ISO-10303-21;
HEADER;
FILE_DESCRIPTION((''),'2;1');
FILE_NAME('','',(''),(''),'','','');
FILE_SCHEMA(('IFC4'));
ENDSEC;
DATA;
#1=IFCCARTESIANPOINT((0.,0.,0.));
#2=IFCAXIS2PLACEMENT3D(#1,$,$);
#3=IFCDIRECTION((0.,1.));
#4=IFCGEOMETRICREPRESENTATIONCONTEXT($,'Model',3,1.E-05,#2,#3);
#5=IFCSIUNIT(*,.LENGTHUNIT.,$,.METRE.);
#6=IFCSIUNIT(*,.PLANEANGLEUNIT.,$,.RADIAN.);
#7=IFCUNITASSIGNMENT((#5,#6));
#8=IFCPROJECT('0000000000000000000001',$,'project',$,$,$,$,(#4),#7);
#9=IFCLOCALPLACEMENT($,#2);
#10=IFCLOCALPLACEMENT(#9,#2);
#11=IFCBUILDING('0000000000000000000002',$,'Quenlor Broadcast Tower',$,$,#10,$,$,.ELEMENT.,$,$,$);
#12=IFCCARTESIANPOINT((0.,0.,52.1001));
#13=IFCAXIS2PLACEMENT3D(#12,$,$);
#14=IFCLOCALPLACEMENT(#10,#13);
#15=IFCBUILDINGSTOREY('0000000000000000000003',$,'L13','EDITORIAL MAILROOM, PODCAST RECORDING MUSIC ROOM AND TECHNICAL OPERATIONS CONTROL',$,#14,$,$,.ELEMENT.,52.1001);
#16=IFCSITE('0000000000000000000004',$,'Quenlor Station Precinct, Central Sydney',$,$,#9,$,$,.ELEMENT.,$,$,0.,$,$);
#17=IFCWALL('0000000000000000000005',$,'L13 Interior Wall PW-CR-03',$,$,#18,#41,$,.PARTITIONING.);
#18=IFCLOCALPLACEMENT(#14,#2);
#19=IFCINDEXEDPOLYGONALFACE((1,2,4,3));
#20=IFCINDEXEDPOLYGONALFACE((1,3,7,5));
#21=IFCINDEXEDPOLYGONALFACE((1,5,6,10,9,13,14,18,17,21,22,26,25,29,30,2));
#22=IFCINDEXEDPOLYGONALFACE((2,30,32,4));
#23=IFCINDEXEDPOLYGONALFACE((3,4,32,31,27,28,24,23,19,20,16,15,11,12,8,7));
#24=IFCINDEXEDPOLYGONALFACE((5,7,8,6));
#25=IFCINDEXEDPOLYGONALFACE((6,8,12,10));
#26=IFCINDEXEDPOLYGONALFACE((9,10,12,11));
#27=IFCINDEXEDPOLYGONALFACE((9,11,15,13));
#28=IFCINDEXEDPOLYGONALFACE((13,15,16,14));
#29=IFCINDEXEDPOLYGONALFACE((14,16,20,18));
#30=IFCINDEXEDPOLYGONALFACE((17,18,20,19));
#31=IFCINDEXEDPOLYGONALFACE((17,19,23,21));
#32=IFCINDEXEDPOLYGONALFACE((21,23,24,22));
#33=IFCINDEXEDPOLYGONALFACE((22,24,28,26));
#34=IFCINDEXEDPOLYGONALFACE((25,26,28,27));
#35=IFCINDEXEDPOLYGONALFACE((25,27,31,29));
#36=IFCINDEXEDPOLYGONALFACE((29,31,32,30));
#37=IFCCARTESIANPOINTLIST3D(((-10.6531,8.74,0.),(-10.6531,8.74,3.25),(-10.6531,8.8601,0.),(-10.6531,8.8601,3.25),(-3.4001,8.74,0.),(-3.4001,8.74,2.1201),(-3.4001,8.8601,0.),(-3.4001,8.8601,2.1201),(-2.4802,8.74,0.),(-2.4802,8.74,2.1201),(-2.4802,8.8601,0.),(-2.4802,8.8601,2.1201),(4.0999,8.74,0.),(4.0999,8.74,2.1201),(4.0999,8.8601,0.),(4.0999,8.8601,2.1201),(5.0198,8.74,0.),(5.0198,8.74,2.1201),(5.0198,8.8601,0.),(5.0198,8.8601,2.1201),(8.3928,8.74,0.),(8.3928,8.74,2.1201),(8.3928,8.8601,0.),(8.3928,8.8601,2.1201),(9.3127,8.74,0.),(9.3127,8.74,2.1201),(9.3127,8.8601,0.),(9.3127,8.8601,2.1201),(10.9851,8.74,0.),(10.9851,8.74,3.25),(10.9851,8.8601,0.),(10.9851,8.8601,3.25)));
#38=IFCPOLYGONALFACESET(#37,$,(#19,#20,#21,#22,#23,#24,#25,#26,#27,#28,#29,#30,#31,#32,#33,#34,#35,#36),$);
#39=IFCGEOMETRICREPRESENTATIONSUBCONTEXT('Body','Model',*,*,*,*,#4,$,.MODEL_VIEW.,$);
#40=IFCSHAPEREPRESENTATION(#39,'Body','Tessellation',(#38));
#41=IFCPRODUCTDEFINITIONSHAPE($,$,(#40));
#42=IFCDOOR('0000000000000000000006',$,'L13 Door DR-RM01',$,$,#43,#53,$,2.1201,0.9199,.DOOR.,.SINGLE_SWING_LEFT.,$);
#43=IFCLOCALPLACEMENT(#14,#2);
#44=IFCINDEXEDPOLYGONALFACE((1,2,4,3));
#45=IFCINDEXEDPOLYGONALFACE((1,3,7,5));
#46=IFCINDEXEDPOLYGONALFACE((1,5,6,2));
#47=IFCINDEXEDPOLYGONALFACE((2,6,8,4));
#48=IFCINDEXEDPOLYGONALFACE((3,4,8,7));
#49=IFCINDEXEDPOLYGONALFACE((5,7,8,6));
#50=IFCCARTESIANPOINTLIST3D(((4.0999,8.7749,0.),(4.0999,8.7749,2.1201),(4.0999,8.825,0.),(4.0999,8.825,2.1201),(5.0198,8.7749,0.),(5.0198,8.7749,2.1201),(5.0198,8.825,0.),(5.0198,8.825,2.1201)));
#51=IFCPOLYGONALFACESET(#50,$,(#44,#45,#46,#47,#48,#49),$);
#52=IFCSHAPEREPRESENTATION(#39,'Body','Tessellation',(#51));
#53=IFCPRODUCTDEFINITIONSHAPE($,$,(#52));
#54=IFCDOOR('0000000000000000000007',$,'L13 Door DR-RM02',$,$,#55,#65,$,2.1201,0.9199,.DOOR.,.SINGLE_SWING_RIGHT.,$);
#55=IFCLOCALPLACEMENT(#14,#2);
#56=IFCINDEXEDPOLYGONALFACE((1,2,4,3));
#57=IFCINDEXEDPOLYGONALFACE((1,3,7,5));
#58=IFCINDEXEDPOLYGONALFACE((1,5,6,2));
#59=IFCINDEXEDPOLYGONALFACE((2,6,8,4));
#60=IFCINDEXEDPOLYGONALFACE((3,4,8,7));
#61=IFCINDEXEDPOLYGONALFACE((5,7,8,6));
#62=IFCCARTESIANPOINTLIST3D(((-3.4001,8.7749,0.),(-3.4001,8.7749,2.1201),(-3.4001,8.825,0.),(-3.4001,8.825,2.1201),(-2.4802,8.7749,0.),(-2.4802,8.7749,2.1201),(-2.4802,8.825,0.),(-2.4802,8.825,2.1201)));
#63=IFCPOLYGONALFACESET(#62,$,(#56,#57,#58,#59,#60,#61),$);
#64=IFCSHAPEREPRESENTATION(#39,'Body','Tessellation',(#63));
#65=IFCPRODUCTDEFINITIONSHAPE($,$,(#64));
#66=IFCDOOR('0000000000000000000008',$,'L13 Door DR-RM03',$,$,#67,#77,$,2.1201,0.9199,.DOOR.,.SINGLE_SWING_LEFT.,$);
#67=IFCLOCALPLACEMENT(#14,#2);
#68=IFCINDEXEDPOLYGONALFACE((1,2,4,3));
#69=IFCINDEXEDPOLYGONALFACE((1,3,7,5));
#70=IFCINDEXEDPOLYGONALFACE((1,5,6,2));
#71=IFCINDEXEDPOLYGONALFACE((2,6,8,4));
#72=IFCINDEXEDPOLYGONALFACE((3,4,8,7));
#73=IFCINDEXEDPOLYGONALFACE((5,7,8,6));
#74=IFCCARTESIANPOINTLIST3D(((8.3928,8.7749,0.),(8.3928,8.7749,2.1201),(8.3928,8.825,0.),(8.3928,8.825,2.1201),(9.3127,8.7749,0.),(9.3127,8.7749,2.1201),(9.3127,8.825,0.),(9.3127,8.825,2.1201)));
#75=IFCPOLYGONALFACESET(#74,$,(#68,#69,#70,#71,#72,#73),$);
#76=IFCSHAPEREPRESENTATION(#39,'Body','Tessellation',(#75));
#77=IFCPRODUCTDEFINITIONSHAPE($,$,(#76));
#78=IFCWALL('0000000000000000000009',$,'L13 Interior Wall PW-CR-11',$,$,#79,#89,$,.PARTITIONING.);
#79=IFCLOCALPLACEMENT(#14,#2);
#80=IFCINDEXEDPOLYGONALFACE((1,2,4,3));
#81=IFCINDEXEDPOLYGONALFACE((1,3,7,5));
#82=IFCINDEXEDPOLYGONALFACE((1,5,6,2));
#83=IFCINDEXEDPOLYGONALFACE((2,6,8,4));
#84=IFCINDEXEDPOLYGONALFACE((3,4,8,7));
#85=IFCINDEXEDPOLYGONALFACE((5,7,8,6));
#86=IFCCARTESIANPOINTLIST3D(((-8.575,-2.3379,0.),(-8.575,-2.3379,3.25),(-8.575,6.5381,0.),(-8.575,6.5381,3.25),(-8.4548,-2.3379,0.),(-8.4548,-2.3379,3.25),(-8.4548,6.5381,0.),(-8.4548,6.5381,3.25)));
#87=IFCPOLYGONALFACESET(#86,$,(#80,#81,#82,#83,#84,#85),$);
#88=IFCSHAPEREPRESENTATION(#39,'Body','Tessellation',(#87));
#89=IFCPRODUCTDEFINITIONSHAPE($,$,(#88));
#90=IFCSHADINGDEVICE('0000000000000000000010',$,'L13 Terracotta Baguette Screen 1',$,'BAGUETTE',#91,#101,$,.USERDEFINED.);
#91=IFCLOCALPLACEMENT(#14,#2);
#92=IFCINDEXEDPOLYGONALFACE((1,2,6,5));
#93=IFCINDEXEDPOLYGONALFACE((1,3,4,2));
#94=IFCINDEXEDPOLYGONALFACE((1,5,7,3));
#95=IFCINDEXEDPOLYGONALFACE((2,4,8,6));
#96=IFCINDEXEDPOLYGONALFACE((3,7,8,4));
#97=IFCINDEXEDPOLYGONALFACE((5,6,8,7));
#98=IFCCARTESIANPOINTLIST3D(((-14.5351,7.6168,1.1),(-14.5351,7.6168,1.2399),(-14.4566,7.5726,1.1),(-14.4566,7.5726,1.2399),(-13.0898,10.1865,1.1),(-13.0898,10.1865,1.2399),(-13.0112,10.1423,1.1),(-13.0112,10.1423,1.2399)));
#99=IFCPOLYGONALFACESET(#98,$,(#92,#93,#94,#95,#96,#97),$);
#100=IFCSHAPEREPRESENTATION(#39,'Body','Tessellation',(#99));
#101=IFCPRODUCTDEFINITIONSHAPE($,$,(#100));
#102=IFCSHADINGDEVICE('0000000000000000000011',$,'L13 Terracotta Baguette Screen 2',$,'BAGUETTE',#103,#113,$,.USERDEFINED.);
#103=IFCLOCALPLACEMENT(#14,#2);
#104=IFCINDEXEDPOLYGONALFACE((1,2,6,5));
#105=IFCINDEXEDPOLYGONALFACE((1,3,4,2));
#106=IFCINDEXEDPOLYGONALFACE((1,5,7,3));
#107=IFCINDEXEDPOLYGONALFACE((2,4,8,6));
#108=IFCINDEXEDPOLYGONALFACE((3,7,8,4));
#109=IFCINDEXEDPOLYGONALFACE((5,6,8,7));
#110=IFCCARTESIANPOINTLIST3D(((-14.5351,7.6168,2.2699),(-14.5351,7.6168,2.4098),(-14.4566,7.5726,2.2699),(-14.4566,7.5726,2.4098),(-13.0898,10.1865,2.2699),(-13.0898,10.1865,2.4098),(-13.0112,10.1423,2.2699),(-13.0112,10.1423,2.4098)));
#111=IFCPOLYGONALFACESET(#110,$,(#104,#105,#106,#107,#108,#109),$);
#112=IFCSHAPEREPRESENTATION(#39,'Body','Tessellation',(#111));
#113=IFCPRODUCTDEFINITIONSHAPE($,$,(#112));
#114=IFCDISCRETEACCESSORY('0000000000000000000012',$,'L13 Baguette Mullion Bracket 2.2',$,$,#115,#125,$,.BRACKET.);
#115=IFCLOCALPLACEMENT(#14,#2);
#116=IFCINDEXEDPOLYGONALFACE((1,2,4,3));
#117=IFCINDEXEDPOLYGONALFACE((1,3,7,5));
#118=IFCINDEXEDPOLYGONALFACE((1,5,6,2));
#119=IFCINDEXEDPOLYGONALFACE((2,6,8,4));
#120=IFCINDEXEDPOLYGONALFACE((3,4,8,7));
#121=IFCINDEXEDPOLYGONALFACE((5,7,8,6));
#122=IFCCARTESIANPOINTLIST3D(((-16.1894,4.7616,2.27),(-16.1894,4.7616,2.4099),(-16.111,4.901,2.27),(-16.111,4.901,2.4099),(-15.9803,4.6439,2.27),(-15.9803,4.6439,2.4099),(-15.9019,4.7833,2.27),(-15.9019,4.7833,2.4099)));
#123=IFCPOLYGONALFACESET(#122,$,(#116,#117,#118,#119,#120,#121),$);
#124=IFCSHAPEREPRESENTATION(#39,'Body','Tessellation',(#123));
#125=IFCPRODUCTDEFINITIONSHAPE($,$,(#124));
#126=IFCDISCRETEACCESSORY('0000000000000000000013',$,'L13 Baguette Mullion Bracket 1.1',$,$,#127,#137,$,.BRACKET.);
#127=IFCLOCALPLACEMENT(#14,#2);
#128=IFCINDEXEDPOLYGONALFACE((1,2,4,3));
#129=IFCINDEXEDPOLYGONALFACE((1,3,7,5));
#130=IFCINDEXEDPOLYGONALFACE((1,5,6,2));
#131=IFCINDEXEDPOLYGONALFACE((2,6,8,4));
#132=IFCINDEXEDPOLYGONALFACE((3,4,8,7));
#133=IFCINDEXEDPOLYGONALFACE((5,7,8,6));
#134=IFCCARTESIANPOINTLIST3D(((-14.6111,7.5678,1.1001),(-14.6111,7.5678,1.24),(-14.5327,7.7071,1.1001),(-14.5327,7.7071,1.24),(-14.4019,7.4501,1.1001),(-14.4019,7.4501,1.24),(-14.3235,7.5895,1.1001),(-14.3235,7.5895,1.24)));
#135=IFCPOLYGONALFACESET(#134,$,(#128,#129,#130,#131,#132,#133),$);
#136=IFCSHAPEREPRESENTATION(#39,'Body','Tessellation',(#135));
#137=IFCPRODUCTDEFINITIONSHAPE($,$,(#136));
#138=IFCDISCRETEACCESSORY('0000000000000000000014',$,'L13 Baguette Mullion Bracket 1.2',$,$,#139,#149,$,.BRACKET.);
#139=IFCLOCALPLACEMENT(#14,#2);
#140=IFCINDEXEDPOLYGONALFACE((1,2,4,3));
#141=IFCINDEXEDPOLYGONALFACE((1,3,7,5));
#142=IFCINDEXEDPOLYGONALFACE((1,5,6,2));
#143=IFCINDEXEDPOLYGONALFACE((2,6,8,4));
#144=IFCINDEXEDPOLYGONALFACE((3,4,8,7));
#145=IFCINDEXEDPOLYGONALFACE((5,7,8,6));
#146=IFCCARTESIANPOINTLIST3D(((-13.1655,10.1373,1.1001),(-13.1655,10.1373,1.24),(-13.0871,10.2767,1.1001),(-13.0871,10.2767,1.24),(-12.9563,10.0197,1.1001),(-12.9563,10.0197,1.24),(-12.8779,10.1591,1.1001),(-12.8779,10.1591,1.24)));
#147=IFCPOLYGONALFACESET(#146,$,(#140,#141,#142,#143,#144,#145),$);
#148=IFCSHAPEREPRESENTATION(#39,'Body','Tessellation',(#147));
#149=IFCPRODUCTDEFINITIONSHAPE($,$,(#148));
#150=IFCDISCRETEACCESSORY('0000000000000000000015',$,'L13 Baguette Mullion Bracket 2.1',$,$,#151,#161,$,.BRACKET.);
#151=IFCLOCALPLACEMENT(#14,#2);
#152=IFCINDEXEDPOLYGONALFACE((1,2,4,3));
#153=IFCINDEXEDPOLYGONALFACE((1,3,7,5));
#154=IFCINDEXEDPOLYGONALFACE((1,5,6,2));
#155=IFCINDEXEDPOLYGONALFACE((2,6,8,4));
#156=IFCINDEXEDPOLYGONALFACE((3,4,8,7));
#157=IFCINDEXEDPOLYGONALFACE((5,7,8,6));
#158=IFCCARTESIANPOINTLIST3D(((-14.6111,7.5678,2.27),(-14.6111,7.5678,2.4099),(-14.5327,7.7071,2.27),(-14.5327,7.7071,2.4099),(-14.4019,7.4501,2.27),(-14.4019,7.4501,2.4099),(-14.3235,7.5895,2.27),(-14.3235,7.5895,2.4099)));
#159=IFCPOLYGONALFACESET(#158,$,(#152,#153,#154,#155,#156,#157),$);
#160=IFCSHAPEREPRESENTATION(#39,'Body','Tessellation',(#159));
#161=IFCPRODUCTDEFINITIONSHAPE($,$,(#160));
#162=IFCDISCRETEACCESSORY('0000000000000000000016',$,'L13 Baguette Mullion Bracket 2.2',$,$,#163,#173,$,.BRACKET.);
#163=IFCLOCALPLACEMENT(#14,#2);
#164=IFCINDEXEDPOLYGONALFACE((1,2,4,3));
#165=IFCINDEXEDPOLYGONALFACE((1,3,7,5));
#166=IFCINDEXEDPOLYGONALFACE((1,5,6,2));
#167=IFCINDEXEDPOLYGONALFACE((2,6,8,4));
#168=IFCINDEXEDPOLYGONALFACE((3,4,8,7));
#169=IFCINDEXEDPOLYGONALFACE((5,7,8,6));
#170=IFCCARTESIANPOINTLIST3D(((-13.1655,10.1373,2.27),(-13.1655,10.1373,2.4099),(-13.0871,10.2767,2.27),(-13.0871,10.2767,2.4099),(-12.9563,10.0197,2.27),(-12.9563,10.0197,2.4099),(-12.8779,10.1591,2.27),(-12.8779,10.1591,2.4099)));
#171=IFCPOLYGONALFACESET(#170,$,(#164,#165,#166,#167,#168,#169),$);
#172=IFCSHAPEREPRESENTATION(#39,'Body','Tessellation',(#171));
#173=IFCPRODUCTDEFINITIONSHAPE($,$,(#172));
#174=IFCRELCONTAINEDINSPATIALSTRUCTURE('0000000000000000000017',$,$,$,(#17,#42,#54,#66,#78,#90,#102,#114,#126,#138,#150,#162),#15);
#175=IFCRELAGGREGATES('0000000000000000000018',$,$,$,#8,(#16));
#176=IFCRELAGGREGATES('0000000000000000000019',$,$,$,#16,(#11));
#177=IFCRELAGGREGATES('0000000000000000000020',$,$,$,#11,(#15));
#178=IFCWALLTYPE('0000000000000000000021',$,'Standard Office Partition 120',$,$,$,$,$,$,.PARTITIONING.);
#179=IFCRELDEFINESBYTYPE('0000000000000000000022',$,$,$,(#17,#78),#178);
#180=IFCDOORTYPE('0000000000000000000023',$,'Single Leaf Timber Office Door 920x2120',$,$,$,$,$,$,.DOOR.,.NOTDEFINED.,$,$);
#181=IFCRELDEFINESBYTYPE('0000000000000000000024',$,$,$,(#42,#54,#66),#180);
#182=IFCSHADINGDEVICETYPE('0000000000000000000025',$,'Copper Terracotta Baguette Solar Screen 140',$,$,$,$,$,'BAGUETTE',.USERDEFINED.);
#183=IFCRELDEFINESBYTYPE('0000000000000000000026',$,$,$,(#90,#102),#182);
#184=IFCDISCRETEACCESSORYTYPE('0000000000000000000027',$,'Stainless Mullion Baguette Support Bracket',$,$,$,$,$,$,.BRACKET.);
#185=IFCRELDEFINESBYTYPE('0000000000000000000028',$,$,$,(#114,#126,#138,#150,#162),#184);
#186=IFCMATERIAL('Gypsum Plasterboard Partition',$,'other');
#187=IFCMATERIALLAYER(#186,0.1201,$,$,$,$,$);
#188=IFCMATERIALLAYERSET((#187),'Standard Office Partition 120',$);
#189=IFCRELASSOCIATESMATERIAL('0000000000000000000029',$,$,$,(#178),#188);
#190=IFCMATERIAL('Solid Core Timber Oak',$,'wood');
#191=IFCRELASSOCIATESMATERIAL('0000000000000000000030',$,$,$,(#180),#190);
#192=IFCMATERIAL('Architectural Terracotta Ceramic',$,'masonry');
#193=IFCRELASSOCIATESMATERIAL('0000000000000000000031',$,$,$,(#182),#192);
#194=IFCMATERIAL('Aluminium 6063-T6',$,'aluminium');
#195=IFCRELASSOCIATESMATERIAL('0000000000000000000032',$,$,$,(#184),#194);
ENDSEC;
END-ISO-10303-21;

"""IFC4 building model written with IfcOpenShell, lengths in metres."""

from ifc_helpers import new_model, si_unit, direction, frame, frame_2d, origin, origin_2d, place, context, subcontext, project, spatial, rectangle, extrude, material, layer, layer_set, material_profile, profile_set, type_object, element, fill, save


model = new_model("IFC4")

# Units and contexts
model_context = context("Model", 3, precision=1e-05, world=origin(), true_north=direction((0.0, 1.0)))
body_context = subcontext(model_context, "Body", "Model", "MODEL_VIEW")
ifc_project = project(units=[si_unit("LENGTHUNIT", "METRE"), si_unit("PLANEANGLEUNIT", "RADIAN")], contexts=[model_context])

# Site, building, storey
site_placement = place(None, origin())
site = spatial("IfcSite", under=ifc_project, at=site_placement, Name="Quenlor Station Precinct, Central Sydney", CompositionType="ELEMENT", RefElevation=0.0)
building_placement = place(site_placement, origin())
building = spatial("IfcBuilding", under=site, at=building_placement, Name="Quenlor Broadcast Tower", CompositionType="ELEMENT")
storey_placement = place(building_placement, frame((0.0, 0.0, 52.1001)))
storey = spatial("IfcBuildingStorey", under=building, at=storey_placement, Name="L13", Description="EDITORIAL MAILROOM, PODCAST RECORDING MUSIC ROOM AND TECHNICAL OPERATIONS CONTROL", CompositionType="ELEMENT", Elevation=52.1001)

# Wall, openings, doors
ifc_material_1 = material(Name="Gypsum Plasterboard Partition", Category="other")
ifc_layer_1 = layer(ifc_material_1, 0.1201)
ifc_layer_set_1 = layer_set([ifc_layer_1], Name="Standard Office Partition 120")
wall_type = type_object("IfcWallType", Name="Standard Office Partition 120", PredefinedType="PARTITIONING", material=ifc_layer_set_1)
wall_1_placement = place(storey_placement, frame((-10.6531, 8.8, 0.0), z_axis=(0.0, 0.0, 1.0), x_axis=(1.0, 0.0, 0.0)))
wall_1 = element("IfcWall", 1, at=wall_1_placement, inside=storey, type_object=wall_type, Name="L13 Interior Wall PW-CR-03", PredefinedType="PARTITIONING", context=body_context, shape_type="SweptSolid", body=[
    extrude(rectangle(XDim=21.6382, YDim=0.1201, at=frame_2d((10.8191, 0.0))), origin(), (0.0, 0.0, 1.0), 3.25),
])
opening_1_placement = place(wall_1_placement, frame((14.7529, 0.0, 0.0)))
opening_1 = element("IfcOpeningElement", 2, at=opening_1_placement, cuts=wall_1, PredefinedType="OPENING", context=body_context, shape_type="SweptSolid", body=[
    extrude(rectangle(XDim=0.9199, YDim=2.1201, at=frame_2d((0.46, 1.0601))), frame((0.0, 0.0701, 0.0), z_axis=(0.0, -1.0, 0.0), x_axis=(1.0, 0.0, 0.0)), (0.0, 0.0, 1.0), 0.1401),
])
opening_2_placement = place(wall_1_placement, frame((7.2529, 0.0, 0.0)))
opening_2 = element("IfcOpeningElement", 3, at=opening_2_placement, cuts=wall_1, PredefinedType="OPENING", context=body_context, shape_type="SweptSolid", body=[
    extrude(rectangle(XDim=0.9199, YDim=2.1201, at=frame_2d((0.46, 1.0601))), frame((0.0, 0.0701, 0.0), z_axis=(0.0, -1.0, 0.0), x_axis=(1.0, 0.0, 0.0)), (0.0, 0.0, 1.0), 0.1401),
])
opening_3_placement = place(wall_1_placement, frame((19.0459, 0.0, 0.0)))
opening_3 = element("IfcOpeningElement", 4, at=opening_3_placement, cuts=wall_1, PredefinedType="OPENING", context=body_context, shape_type="SweptSolid", body=[
    extrude(rectangle(XDim=0.9199, YDim=2.1201, at=frame_2d((0.46, 1.0601))), frame((0.0, 0.0701, 0.0), z_axis=(0.0, -1.0, 0.0), x_axis=(1.0, 0.0, 0.0)), (0.0, 0.0, 1.0), 0.1401),
])
ifc_material_2 = material(Name="Solid Core Timber Oak", Category="wood")
door_type = type_object("IfcDoorType", Name="Single Leaf Timber Office Door 920x2120", OperationType="NOTDEFINED", PredefinedType="DOOR", material=ifc_material_2)
door_1_placement = place(opening_1_placement, origin())
door_1 = element("IfcDoor", 5, at=door_1_placement, inside=storey, type_object=door_type, Name="L13 Door DR-RM01", OperationType="SINGLE_SWING_LEFT", OverallHeight=2.1201, OverallWidth=0.9199, PredefinedType="DOOR", context=body_context, shape_type="SweptSolid", body=[
    extrude(rectangle(XDim=0.9199, YDim=2.1201, at=frame_2d((0.46, 1.0601))), frame((0.0, 0.0249, 0.0), z_axis=(0.0, -1.0, 0.0), x_axis=(1.0, 0.0, 0.0)), (0.0, 0.0, 1.0), 0.05),
])
fill(opening_1, door_1)
door_2_placement = place(opening_2_placement, origin())
door_2 = element("IfcDoor", 6, at=door_2_placement, inside=storey, type_object=door_type, Name="L13 Door DR-RM02", OperationType="SINGLE_SWING_RIGHT", OverallHeight=2.1201, OverallWidth=0.9199, PredefinedType="DOOR", context=body_context, shape_type="SweptSolid", body=[
    extrude(rectangle(XDim=0.9199, YDim=2.1201, at=frame_2d((0.46, 1.0601))), frame((0.0, 0.0249, 0.0), z_axis=(0.0, -1.0, 0.0), x_axis=(1.0, 0.0, 0.0)), (0.0, 0.0, 1.0), 0.05),
])
fill(opening_2, door_2)
door_3_placement = place(opening_3_placement, origin())
door_3 = element("IfcDoor", 7, at=door_3_placement, inside=storey, type_object=door_type, Name="L13 Door DR-RM03", OperationType="SINGLE_SWING_LEFT", OverallHeight=2.1201, OverallWidth=0.9199, PredefinedType="DOOR", context=body_context, shape_type="SweptSolid", body=[
    extrude(rectangle(XDim=0.9199, YDim=2.1201, at=frame_2d((0.46, 1.0601))), frame((0.0, 0.0249, 0.0), z_axis=(0.0, -1.0, 0.0), x_axis=(1.0, 0.0, 0.0)), (0.0, 0.0, 1.0), 0.05),
])
fill(opening_3, door_3)

# Wall
wall_2_placement = place(storey_placement, frame((-8.5149, 6.5381, 0.0), z_axis=(0.0, 0.0, 1.0), x_axis=(0.0, -1.0, 0.0)))
element("IfcWall", 8, at=wall_2_placement, inside=storey, type_object=wall_type, Name="L13 Interior Wall PW-CR-11", PredefinedType="PARTITIONING", context=body_context, shape_type="SweptSolid", body=[
    extrude(rectangle(XDim=8.876, YDim=0.1201, at=frame_2d((4.438, 0.0))), origin(), (0.0, 0.0, 1.0), 3.25),
])

# Shading devices
ifc_material_3 = material(Name="Architectural Terracotta Ceramic", Category="masonry")
ifc_material_profile_1 = material_profile(ifc_material_3, rectangle(XDim=0.0901, YDim=0.1399, at=origin_2d()))
ifc_profile_set_1 = profile_set([ifc_material_profile_1], Name="Architectural Terracotta Ceramic BAG90x140")
shading_device_type = type_object("IfcShadingDeviceType", Name="Copper Terracotta Baguette Solar Screen 140", ElementType="BAGUETTE", PredefinedType="USERDEFINED", material=ifc_profile_set_1)
for number, where, z_axis, x_axis, name in (
    (9, (-14.4958, 7.5947, 1.1699), (0.490242, 0.871587, 0.0), (-0.871587, 0.490242, 0.0), "L13 Terracotta Baguette Screen 1"),
    (10, (-14.4958, 7.5947, 2.3398), (0.490242, 0.871587, 0.0), (-0.871587, 0.490242, 0.0), "L13 Terracotta Baguette Screen 2"),
):
    element("IfcShadingDevice", number, at=place(storey_placement, frame(where, z_axis=z_axis, x_axis=x_axis)), inside=storey, type_object=shading_device_type, Name=name, ObjectType="BAGUETTE", PredefinedType="USERDEFINED", context=body_context, shape_type="SweptSolid", body=[
        extrude(rectangle(XDim=0.0901, YDim=0.1399, at=origin_2d()), origin(), (0.0, 0.0, 1.0), 2.9482),
    ])

# Discrete accessories
ifc_material_4 = material(Name="Aluminium 6063-T6", Category="aluminium")
discrete_accessory_type = type_object("IfcDiscreteAccessoryType", Name="Stainless Mullion Baguette Support Bracket", PredefinedType="BRACKET", material=ifc_material_4)
for number, where, z_axis, x_axis, name in (
    (11, (-16.0457, 4.7725, 2.27), (0.0, 0.0, 1.0), (0.490274, 0.871568, 0.0), "L13 Baguette Mullion Bracket 2.2"),
    (12, (-14.4673, 7.5786, 1.1001), (0.0, 0.0, 1.0), (0.490274, 0.871568, 0.0), "L13 Baguette Mullion Bracket 1.1"),
    (13, (-13.0217, 10.1482, 1.1001), (0.0, 0.0, 1.0), (0.490274, 0.871568, 0.0), "L13 Baguette Mullion Bracket 1.2"),
    (14, (-14.4673, 7.5786, 2.27), (0.0, 0.0, 1.0), (0.490274, 0.871568, 0.0), "L13 Baguette Mullion Bracket 2.1"),
    (15, (-13.0217, 10.1482, 2.27), (0.0, 0.0, 1.0), (0.490274, 0.871568, 0.0), "L13 Baguette Mullion Bracket 2.2"),
):
    element("IfcDiscreteAccessory", number, at=place(storey_placement, frame(where, z_axis=z_axis, x_axis=x_axis)), inside=storey, type_object=discrete_accessory_type, Name=name, PredefinedType="BRACKET", context=body_context, shape_type="SweptSolid", body=[
        extrude(rectangle(XDim=0.1599, YDim=0.24, at=origin_2d()), origin(), (0.0, 0.0, 1.0), 0.1399),
    ])

save(model, "model.ifc")
